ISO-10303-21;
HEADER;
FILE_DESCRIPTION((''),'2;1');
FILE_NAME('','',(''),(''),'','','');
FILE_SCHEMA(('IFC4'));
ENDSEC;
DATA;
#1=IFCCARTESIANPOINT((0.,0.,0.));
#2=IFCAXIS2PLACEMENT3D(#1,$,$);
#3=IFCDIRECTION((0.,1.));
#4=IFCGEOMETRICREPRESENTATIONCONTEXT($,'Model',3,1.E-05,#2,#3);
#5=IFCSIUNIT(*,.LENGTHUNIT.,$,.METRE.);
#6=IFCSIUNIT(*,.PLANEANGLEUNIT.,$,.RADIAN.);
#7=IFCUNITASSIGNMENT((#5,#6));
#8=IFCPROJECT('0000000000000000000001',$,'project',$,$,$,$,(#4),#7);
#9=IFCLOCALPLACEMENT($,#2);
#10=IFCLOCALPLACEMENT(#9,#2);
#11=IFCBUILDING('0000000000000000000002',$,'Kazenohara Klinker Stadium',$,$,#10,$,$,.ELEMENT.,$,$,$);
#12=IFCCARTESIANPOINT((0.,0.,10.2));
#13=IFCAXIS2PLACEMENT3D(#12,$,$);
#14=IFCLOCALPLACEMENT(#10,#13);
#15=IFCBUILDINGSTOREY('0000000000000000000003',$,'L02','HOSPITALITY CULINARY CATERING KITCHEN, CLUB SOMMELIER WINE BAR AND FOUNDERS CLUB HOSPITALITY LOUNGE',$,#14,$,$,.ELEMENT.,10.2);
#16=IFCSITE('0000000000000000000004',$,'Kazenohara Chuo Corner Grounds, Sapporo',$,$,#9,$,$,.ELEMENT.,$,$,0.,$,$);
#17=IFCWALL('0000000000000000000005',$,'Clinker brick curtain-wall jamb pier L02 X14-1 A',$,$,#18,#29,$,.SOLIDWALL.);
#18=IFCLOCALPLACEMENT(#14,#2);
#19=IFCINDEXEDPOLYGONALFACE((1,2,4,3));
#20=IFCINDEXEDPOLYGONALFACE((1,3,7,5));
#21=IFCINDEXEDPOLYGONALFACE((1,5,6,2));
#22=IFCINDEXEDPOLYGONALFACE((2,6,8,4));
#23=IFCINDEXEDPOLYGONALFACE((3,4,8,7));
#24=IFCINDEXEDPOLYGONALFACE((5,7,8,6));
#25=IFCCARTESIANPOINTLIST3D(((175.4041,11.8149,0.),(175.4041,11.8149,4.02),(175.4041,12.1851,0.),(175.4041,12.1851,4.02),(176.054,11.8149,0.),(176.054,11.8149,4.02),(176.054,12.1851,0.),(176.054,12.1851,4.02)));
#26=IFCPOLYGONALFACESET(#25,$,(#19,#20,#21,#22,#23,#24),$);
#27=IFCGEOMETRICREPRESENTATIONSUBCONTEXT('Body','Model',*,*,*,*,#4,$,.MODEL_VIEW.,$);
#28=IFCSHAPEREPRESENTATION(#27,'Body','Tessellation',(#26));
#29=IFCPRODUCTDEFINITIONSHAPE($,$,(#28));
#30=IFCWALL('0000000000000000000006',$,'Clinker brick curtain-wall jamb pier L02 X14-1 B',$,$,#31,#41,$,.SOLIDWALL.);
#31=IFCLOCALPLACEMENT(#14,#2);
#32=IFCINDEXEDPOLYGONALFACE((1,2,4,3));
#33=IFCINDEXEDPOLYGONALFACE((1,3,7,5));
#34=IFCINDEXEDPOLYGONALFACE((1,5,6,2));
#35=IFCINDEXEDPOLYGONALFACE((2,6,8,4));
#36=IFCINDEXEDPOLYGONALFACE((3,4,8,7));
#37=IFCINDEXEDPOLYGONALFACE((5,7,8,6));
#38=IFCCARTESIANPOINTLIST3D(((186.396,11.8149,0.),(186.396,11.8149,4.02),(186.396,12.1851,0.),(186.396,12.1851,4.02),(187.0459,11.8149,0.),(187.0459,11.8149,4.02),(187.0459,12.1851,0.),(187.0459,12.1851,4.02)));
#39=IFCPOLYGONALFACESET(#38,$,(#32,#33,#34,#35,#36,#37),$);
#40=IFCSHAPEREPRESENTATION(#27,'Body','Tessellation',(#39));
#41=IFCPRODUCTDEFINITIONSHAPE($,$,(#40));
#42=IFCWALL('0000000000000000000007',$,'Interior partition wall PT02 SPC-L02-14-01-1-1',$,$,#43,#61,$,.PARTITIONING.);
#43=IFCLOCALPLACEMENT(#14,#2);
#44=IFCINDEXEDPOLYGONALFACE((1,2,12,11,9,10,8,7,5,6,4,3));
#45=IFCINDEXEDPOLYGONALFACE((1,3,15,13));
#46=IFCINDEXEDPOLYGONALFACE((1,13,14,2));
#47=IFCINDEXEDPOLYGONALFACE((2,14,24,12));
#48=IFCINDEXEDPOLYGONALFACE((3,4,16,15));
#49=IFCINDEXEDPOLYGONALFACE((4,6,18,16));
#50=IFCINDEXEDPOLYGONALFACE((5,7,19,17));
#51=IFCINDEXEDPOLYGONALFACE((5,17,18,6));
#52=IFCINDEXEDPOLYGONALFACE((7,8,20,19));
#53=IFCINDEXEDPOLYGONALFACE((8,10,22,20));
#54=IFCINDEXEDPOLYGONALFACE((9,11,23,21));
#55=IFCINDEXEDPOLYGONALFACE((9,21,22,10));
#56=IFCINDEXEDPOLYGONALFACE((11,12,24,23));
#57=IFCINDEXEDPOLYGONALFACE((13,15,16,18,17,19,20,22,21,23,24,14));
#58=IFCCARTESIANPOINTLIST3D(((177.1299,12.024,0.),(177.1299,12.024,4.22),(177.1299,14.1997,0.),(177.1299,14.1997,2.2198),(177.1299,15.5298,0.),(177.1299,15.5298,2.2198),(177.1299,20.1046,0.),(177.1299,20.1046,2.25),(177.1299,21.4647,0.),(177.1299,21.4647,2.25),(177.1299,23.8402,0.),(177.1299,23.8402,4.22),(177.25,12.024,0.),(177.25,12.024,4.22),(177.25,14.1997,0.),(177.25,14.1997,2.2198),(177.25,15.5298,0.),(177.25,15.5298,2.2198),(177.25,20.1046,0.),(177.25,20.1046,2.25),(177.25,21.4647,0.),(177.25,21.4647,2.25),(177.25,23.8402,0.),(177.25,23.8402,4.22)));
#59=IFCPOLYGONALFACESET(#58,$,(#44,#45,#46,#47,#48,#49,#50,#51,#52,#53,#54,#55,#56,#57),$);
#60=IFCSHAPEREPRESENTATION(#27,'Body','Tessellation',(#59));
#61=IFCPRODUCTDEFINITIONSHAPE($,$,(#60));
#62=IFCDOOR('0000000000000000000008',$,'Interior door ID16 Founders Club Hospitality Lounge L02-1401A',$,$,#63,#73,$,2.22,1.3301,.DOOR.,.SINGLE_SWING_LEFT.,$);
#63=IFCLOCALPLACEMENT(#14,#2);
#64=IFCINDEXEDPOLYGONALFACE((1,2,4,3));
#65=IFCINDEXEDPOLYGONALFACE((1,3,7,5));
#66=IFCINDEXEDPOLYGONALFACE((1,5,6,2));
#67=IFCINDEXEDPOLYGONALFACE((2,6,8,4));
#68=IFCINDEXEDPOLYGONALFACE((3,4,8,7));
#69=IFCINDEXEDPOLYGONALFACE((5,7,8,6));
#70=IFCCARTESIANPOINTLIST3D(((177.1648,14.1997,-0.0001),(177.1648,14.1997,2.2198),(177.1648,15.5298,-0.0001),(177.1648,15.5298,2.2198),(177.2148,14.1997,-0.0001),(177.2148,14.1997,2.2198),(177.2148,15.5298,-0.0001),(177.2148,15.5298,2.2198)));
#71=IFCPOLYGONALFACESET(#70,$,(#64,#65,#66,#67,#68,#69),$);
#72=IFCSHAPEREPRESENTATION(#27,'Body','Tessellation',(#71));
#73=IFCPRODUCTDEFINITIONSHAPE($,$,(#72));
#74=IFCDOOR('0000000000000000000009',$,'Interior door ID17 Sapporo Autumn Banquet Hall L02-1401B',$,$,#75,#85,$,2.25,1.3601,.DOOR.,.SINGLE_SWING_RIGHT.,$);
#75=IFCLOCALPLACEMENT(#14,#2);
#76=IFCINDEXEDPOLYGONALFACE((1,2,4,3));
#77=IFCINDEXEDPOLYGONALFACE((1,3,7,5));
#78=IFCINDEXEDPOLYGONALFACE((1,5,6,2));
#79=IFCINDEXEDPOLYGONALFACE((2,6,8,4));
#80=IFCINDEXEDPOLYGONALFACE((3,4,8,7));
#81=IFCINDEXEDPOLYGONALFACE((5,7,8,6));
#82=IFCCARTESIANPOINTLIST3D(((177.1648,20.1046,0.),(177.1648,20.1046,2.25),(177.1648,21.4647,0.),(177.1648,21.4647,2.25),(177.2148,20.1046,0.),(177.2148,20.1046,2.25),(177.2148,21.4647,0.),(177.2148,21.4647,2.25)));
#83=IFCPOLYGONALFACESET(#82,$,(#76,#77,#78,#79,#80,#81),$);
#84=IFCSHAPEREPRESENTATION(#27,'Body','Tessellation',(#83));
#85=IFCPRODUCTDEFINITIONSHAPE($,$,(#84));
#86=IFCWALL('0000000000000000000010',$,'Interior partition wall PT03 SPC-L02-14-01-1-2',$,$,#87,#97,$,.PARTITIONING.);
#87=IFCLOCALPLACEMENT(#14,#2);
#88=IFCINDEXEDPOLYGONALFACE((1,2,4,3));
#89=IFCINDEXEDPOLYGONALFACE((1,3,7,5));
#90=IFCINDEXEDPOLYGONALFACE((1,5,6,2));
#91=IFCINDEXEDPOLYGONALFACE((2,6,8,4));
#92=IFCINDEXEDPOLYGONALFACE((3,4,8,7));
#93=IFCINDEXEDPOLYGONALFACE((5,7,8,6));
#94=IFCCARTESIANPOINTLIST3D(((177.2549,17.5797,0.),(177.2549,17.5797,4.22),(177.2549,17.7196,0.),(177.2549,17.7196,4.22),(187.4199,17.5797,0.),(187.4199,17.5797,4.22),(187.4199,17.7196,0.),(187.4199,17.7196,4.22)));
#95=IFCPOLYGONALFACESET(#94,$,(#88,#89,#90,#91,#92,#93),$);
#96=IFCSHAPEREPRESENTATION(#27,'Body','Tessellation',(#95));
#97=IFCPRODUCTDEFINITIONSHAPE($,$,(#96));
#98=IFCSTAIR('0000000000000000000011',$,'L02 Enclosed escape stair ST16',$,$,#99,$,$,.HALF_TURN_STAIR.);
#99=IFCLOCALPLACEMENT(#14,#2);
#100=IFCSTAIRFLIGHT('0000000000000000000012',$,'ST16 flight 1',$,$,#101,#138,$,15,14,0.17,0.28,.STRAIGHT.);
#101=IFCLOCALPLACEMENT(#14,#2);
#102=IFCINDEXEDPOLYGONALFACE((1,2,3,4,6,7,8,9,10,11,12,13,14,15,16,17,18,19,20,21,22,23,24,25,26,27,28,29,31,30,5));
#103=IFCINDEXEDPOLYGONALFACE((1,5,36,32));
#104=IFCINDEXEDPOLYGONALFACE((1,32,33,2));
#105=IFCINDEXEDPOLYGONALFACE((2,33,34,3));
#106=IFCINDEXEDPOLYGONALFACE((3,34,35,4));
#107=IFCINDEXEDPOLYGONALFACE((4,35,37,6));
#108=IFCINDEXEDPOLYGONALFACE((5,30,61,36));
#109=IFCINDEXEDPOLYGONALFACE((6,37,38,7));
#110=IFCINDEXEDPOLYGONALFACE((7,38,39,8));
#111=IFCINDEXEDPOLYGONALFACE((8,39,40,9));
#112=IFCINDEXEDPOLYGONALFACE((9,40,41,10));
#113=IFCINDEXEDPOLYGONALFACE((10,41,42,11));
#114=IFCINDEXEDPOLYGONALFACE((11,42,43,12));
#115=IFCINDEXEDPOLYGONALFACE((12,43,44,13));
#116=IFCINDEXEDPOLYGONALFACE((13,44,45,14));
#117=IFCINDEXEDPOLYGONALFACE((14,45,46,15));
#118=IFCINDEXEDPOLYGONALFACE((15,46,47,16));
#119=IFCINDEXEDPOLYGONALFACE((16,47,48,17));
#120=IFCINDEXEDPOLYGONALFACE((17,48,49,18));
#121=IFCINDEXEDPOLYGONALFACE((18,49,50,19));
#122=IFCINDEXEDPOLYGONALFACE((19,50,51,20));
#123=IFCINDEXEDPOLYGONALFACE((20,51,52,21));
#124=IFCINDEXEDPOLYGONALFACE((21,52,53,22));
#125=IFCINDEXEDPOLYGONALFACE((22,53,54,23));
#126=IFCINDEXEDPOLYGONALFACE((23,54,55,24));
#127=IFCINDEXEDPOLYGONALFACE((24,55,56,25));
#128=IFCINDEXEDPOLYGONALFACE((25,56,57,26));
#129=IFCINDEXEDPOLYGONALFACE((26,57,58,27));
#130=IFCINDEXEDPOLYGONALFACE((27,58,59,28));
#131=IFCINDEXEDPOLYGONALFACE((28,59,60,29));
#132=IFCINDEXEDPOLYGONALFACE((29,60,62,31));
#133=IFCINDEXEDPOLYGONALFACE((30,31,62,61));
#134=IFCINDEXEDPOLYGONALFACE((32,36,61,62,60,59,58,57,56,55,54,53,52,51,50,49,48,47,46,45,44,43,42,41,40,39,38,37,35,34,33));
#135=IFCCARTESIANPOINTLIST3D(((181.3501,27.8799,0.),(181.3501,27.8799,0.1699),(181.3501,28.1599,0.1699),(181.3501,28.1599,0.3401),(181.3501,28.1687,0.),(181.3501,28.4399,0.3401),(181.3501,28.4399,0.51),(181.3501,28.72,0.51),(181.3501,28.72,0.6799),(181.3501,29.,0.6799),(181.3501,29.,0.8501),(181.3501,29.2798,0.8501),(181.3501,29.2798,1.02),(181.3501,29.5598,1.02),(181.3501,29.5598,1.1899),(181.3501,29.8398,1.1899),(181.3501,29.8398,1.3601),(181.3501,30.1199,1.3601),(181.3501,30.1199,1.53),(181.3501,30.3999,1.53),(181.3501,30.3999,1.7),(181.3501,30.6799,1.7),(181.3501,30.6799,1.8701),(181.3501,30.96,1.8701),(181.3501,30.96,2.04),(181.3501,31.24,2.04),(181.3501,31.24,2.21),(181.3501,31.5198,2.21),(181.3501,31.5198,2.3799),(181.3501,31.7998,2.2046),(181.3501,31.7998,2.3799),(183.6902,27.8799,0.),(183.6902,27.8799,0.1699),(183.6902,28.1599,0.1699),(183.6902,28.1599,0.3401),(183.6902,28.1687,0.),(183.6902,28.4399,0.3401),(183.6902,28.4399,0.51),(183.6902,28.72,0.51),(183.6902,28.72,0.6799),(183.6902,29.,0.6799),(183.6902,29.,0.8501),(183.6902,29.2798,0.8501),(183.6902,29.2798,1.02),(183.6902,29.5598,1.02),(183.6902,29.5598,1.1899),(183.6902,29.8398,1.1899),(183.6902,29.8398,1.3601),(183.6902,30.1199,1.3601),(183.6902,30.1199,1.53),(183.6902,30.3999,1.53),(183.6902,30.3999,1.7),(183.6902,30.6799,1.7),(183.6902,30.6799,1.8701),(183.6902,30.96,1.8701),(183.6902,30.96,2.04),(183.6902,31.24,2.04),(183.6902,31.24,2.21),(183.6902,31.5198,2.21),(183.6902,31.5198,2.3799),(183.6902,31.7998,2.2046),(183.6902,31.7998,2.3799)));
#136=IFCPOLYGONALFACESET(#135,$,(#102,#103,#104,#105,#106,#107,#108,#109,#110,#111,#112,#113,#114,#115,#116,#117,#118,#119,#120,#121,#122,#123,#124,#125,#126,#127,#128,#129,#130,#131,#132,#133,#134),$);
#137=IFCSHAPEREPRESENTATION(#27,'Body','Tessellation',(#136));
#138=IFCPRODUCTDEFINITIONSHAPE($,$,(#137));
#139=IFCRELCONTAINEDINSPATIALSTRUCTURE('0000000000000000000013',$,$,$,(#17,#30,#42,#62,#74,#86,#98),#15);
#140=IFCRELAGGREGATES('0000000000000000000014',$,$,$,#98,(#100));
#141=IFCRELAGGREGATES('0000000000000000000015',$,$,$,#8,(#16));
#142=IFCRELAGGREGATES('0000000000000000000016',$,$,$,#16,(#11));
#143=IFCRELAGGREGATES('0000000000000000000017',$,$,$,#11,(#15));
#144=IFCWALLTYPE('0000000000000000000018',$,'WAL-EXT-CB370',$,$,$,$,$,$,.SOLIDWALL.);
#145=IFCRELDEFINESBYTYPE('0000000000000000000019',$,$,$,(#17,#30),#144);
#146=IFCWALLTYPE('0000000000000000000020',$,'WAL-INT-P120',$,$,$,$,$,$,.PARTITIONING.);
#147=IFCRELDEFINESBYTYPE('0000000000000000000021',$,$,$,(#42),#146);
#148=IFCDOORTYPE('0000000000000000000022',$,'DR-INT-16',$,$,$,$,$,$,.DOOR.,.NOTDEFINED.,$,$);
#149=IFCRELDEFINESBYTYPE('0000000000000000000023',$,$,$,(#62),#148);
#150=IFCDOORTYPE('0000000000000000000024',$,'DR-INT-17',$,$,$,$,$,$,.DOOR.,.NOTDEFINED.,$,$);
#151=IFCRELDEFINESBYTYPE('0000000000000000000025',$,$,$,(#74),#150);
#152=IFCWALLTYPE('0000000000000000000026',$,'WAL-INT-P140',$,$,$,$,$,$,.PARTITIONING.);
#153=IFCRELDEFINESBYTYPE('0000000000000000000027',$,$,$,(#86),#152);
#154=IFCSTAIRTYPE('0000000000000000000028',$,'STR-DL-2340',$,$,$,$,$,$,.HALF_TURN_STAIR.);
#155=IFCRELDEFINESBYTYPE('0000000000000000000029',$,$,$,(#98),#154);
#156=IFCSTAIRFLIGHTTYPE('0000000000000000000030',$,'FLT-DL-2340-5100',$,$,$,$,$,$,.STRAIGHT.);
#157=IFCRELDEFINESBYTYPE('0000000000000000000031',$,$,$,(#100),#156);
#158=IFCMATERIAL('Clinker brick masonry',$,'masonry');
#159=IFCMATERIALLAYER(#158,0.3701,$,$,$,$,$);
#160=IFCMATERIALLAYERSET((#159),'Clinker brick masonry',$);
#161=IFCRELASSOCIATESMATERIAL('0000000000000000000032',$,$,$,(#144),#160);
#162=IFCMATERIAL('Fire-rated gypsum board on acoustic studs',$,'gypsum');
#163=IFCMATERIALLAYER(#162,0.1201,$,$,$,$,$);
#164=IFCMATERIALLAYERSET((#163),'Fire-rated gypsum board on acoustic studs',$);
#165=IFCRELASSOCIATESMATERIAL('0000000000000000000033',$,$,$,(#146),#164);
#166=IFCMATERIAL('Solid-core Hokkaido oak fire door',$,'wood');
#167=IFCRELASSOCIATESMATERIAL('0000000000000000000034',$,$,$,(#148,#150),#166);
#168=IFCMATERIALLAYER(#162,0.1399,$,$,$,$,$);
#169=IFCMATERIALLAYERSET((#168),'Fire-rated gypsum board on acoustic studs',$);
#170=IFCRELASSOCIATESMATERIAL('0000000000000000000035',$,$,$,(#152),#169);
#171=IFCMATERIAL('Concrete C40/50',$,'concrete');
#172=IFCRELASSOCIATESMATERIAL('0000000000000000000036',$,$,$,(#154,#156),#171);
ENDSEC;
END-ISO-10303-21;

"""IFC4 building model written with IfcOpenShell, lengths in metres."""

from ifc_helpers import new_model, si_unit, direction, frame, frame_2d, origin, place, context, subcontext, project, spatial, polyline, rectangle, outline, extrude, material, layer, layer_set, type_object, element, fill, aggregate, save


model = new_model("IFC4")

# Units and contexts
model_context = context("Model", 3, precision=1e-05, world=origin(), true_north=direction((0.0, 1.0)))
body_context = subcontext(model_context, "Body", "Model", "MODEL_VIEW")
ifc_project = project(units=[si_unit("LENGTHUNIT", "METRE"), si_unit("PLANEANGLEUNIT", "RADIAN")], contexts=[model_context])

# Site, building, storey
site_placement = place(None, origin())
site = spatial("IfcSite", under=ifc_project, at=site_placement, Name="Kazenohara Chuo Corner Grounds, Sapporo", CompositionType="ELEMENT", RefElevation=0.0)
building_placement = place(site_placement, origin())
building = spatial("IfcBuilding", under=site, at=building_placement, Name="Kazenohara Klinker Stadium", CompositionType="ELEMENT")
storey_placement = place(building_placement, frame((0.0, 0.0, 10.2)))
storey = spatial("IfcBuildingStorey", under=building, at=storey_placement, Name="L02", Description="HOSPITALITY CULINARY CATERING KITCHEN, CLUB SOMMELIER WINE BAR AND FOUNDERS CLUB HOSPITALITY LOUNGE", CompositionType="ELEMENT", Elevation=10.2)

# Shared definitions
ifc_material_1 = material(Name="Concrete C40/50", Category="concrete")

# Walls
ifc_material_2 = material(Name="Clinker brick masonry", Category="masonry")
ifc_layer_1 = layer(ifc_material_2, 0.3701)
ifc_layer_set_1 = layer_set([ifc_layer_1], Name="Clinker brick masonry")
wall_type_1 = type_object("IfcWallType", Name="WAL-EXT-CB370", PredefinedType="SOLIDWALL", material=ifc_layer_set_1)
for number, where, z_axis, x_axis, name in (
    (1, (175.4041, 12.0, 0.0), (0.0, 0.0, 1.0), (1.0, 0.0, 0.0), "Clinker brick curtain-wall jamb pier L02 X14-1 A"),
    (2, (186.396, 12.0, 0.0), (0.0, 0.0, 1.0), (1.0, 0.0, 0.0), "Clinker brick curtain-wall jamb pier L02 X14-1 B"),
):
    element("IfcWall", number, at=place(storey_placement, frame(where, z_axis=z_axis, x_axis=x_axis)), inside=storey, type_object=wall_type_1, Name=name, PredefinedType="SOLIDWALL", context=body_context, shape_type="SweptSolid", body=[
        extrude(rectangle(XDim=0.6499, YDim=0.3701, at=frame_2d((0.325, 0.0))), origin(), (0.0, 0.0, 1.0), 4.02),
    ])

# Wall, openings, doors
ifc_material_3 = material(Name="Fire-rated gypsum board on acoustic studs", Category="gypsum")
ifc_layer_2 = layer(ifc_material_3, 0.1201)
ifc_layer_set_2 = layer_set([ifc_layer_2], Name="Fire-rated gypsum board on acoustic studs")
wall_type_2 = type_object("IfcWallType", Name="WAL-INT-P120", PredefinedType="PARTITIONING", material=ifc_layer_set_2)
wall_1_placement = place(storey_placement, frame((177.1899, 12.0239, 0.0), z_axis=(0.0, 0.0, 1.0), x_axis=(0.0, 1.0, 0.0)))
wall_1 = element("IfcWall", 3, at=wall_1_placement, inside=storey, type_object=wall_type_2, Name="Interior partition wall PT02 SPC-L02-14-01-1-1", PredefinedType="PARTITIONING", context=body_context, shape_type="SweptSolid", body=[
    extrude(rectangle(XDim=11.8162, YDim=0.1201, at=frame_2d((5.9082, 0.0))), origin(), (0.0, 0.0, 1.0), 4.22),
])
opening_1_placement = place(wall_1_placement, frame((3.5059, 0.0, 0.0), z_axis=(0.0, 0.0, 1.0), x_axis=(-1.0, 0.0, 0.0)))
opening_1 = element("IfcOpeningElement", 4, at=opening_1_placement, cuts=wall_1, PredefinedType="OPENING", context=body_context, shape_type="SweptSolid", body=[
    extrude(rectangle(XDim=1.3301, YDim=2.22, at=frame_2d((0.665, 1.1099))), frame((0.0, 0.0701, 0.0), z_axis=(0.0, -1.0, 0.0), x_axis=(1.0, 0.0, 0.0)), (0.0, 0.0, 1.0), 0.1401),
])
opening_2_placement = place(wall_1_placement, frame((9.4409, 0.0, 0.0), z_axis=(0.0, 0.0, 1.0), x_axis=(-1.0, 0.0, 0.0)))
opening_2 = element("IfcOpeningElement", 5, at=opening_2_placement, cuts=wall_1, PredefinedType="OPENING", context=body_context, shape_type="SweptSolid", body=[
    extrude(rectangle(XDim=1.3601, YDim=2.25, at=frame_2d((0.6802, 1.125))), frame((0.0, 0.0701, 0.0), z_axis=(0.0, -1.0, 0.0), x_axis=(1.0, 0.0, 0.0)), (0.0, 0.0, 1.0), 0.1401),
])
ifc_material_4 = material(Name="Solid-core Hokkaido oak fire door", Category="wood")
door_type_1 = type_object("IfcDoorType", Name="DR-INT-16", OperationType="NOTDEFINED", PredefinedType="DOOR", material=ifc_material_4)
door_1_placement = place(opening_1_placement, origin())
door_1 = element("IfcDoor", 6, at=door_1_placement, inside=storey, type_object=door_type_1, Name="Interior door ID16 Founders Club Hospitality Lounge L02-1401A", OperationType="SINGLE_SWING_LEFT", OverallHeight=2.22, OverallWidth=1.3301, PredefinedType="DOOR", context=body_context, shape_type="SweptSolid", body=[
    extrude(rectangle(XDim=1.3301, YDim=2.22, at=frame_2d((0.665, 1.1099))), frame((0.0, 0.0249, 0.0), z_axis=(0.0, -1.0, 0.0), x_axis=(1.0, 0.0, 0.0)), (0.0, 0.0, 1.0), 0.05),
])
fill(opening_1, door_1)
door_type_2 = type_object("IfcDoorType", Name="DR-INT-17", OperationType="NOTDEFINED", PredefinedType="DOOR", material=ifc_material_4)
door_2_placement = place(opening_2_placement, origin())
door_2 = element("IfcDoor", 7, at=door_2_placement, inside=storey, type_object=door_type_2, Name="Interior door ID17 Sapporo Autumn Banquet Hall L02-1401B", OperationType="SINGLE_SWING_RIGHT", OverallHeight=2.25, OverallWidth=1.3601, PredefinedType="DOOR", context=body_context, shape_type="SweptSolid", body=[
    extrude(rectangle(XDim=1.3601, YDim=2.25, at=frame_2d((0.6802, 1.125))), frame((0.0, 0.0249, 0.0), z_axis=(0.0, -1.0, 0.0), x_axis=(1.0, 0.0, 0.0)), (0.0, 0.0, 1.0), 0.05),
])
fill(opening_2, door_2)

# Wall
ifc_layer_3 = layer(ifc_material_3, 0.1399)
ifc_layer_set_3 = layer_set([ifc_layer_3], Name="Fire-rated gypsum board on acoustic studs")
wall_type_3 = type_object("IfcWallType", Name="WAL-INT-P140", PredefinedType="PARTITIONING", material=ifc_layer_set_3)
wall_2_placement = place(storey_placement, frame((177.2549, 17.6497, 0.0), z_axis=(0.0, 0.0, 1.0), x_axis=(1.0, 0.0, 0.0)))
element("IfcWall", 8, at=wall_2_placement, inside=storey, type_object=wall_type_3, Name="Interior partition wall PT03 SPC-L02-14-01-1-2", PredefinedType="PARTITIONING", context=body_context, shape_type="SweptSolid", body=[
    extrude(rectangle(XDim=10.165, YDim=0.1399, at=frame_2d((5.0825, 0.0))), origin(), (0.0, 0.0, 1.0), 4.22),
])

# Stair, stair flight
stair_type = type_object("IfcStairType", Name="STR-DL-2340", PredefinedType="HALF_TURN_STAIR", material=ifc_material_1)
stair_placement = place(storey_placement, origin())
stair = element("IfcStair", 9, at=stair_placement, inside=storey, type_object=stair_type, Name="L02 Enclosed escape stair ST16", PredefinedType="HALF_TURN_STAIR")
stair_flight_type = type_object("IfcStairFlightType", Name="FLT-DL-2340-5100", PredefinedType="STRAIGHT", material=ifc_material_1)
stair_flight_placement = place(storey_placement, frame((182.52, 27.8799, 0.0), z_axis=(0.0, 0.0, 1.0), x_axis=(0.0, 1.0, 0.0)))
stair_flight = element("IfcStairFlight", 10, at=stair_flight_placement, type_object=stair_flight_type, Name="ST16 flight 1", NumberOfRisers=15, NumberOfTreads=14, PredefinedType="STRAIGHT", RiserHeight=0.17, TreadLength=0.28, context=body_context, shape_type="SweptSolid", body=[
    extrude(outline(polyline([(0.0, 0.0), (0.0, 0.1699), (0.28, 0.1699), (0.28, 0.3401), (0.5601, 0.3401), (0.5601, 0.51), (0.8401, 0.51), (0.8401, 0.6799), (1.1201, 0.6799), (1.1201, 0.8501), (1.3999, 0.8501), (1.3999, 1.02), (1.6799, 1.02), (1.6799, 1.1899), (1.96, 1.1899), (1.96, 1.3601), (2.24, 1.3601), (2.24, 1.53), (2.52, 1.53), (2.52, 1.7), (2.8, 1.7), (2.8, 1.8701), (3.0801, 1.8701), (3.0801, 2.04), (3.3601, 2.04), (3.3601, 2.21), (3.6399, 2.21), (3.6399, 2.3799), (3.9199, 2.3799), (3.9199, 2.55), (3.9199, 2.2046), (0.2888, 0.0), (0.0, 0.0)])), frame((0.0, 1.1699, 0.0), z_axis=(0.0, -1.0, 0.0), x_axis=(1.0, 0.0, 0.0)), (0.0, 0.0, 1.0), 2.3401),
])
aggregate(stair, [stair_flight])

save(model, "model.ifc")
